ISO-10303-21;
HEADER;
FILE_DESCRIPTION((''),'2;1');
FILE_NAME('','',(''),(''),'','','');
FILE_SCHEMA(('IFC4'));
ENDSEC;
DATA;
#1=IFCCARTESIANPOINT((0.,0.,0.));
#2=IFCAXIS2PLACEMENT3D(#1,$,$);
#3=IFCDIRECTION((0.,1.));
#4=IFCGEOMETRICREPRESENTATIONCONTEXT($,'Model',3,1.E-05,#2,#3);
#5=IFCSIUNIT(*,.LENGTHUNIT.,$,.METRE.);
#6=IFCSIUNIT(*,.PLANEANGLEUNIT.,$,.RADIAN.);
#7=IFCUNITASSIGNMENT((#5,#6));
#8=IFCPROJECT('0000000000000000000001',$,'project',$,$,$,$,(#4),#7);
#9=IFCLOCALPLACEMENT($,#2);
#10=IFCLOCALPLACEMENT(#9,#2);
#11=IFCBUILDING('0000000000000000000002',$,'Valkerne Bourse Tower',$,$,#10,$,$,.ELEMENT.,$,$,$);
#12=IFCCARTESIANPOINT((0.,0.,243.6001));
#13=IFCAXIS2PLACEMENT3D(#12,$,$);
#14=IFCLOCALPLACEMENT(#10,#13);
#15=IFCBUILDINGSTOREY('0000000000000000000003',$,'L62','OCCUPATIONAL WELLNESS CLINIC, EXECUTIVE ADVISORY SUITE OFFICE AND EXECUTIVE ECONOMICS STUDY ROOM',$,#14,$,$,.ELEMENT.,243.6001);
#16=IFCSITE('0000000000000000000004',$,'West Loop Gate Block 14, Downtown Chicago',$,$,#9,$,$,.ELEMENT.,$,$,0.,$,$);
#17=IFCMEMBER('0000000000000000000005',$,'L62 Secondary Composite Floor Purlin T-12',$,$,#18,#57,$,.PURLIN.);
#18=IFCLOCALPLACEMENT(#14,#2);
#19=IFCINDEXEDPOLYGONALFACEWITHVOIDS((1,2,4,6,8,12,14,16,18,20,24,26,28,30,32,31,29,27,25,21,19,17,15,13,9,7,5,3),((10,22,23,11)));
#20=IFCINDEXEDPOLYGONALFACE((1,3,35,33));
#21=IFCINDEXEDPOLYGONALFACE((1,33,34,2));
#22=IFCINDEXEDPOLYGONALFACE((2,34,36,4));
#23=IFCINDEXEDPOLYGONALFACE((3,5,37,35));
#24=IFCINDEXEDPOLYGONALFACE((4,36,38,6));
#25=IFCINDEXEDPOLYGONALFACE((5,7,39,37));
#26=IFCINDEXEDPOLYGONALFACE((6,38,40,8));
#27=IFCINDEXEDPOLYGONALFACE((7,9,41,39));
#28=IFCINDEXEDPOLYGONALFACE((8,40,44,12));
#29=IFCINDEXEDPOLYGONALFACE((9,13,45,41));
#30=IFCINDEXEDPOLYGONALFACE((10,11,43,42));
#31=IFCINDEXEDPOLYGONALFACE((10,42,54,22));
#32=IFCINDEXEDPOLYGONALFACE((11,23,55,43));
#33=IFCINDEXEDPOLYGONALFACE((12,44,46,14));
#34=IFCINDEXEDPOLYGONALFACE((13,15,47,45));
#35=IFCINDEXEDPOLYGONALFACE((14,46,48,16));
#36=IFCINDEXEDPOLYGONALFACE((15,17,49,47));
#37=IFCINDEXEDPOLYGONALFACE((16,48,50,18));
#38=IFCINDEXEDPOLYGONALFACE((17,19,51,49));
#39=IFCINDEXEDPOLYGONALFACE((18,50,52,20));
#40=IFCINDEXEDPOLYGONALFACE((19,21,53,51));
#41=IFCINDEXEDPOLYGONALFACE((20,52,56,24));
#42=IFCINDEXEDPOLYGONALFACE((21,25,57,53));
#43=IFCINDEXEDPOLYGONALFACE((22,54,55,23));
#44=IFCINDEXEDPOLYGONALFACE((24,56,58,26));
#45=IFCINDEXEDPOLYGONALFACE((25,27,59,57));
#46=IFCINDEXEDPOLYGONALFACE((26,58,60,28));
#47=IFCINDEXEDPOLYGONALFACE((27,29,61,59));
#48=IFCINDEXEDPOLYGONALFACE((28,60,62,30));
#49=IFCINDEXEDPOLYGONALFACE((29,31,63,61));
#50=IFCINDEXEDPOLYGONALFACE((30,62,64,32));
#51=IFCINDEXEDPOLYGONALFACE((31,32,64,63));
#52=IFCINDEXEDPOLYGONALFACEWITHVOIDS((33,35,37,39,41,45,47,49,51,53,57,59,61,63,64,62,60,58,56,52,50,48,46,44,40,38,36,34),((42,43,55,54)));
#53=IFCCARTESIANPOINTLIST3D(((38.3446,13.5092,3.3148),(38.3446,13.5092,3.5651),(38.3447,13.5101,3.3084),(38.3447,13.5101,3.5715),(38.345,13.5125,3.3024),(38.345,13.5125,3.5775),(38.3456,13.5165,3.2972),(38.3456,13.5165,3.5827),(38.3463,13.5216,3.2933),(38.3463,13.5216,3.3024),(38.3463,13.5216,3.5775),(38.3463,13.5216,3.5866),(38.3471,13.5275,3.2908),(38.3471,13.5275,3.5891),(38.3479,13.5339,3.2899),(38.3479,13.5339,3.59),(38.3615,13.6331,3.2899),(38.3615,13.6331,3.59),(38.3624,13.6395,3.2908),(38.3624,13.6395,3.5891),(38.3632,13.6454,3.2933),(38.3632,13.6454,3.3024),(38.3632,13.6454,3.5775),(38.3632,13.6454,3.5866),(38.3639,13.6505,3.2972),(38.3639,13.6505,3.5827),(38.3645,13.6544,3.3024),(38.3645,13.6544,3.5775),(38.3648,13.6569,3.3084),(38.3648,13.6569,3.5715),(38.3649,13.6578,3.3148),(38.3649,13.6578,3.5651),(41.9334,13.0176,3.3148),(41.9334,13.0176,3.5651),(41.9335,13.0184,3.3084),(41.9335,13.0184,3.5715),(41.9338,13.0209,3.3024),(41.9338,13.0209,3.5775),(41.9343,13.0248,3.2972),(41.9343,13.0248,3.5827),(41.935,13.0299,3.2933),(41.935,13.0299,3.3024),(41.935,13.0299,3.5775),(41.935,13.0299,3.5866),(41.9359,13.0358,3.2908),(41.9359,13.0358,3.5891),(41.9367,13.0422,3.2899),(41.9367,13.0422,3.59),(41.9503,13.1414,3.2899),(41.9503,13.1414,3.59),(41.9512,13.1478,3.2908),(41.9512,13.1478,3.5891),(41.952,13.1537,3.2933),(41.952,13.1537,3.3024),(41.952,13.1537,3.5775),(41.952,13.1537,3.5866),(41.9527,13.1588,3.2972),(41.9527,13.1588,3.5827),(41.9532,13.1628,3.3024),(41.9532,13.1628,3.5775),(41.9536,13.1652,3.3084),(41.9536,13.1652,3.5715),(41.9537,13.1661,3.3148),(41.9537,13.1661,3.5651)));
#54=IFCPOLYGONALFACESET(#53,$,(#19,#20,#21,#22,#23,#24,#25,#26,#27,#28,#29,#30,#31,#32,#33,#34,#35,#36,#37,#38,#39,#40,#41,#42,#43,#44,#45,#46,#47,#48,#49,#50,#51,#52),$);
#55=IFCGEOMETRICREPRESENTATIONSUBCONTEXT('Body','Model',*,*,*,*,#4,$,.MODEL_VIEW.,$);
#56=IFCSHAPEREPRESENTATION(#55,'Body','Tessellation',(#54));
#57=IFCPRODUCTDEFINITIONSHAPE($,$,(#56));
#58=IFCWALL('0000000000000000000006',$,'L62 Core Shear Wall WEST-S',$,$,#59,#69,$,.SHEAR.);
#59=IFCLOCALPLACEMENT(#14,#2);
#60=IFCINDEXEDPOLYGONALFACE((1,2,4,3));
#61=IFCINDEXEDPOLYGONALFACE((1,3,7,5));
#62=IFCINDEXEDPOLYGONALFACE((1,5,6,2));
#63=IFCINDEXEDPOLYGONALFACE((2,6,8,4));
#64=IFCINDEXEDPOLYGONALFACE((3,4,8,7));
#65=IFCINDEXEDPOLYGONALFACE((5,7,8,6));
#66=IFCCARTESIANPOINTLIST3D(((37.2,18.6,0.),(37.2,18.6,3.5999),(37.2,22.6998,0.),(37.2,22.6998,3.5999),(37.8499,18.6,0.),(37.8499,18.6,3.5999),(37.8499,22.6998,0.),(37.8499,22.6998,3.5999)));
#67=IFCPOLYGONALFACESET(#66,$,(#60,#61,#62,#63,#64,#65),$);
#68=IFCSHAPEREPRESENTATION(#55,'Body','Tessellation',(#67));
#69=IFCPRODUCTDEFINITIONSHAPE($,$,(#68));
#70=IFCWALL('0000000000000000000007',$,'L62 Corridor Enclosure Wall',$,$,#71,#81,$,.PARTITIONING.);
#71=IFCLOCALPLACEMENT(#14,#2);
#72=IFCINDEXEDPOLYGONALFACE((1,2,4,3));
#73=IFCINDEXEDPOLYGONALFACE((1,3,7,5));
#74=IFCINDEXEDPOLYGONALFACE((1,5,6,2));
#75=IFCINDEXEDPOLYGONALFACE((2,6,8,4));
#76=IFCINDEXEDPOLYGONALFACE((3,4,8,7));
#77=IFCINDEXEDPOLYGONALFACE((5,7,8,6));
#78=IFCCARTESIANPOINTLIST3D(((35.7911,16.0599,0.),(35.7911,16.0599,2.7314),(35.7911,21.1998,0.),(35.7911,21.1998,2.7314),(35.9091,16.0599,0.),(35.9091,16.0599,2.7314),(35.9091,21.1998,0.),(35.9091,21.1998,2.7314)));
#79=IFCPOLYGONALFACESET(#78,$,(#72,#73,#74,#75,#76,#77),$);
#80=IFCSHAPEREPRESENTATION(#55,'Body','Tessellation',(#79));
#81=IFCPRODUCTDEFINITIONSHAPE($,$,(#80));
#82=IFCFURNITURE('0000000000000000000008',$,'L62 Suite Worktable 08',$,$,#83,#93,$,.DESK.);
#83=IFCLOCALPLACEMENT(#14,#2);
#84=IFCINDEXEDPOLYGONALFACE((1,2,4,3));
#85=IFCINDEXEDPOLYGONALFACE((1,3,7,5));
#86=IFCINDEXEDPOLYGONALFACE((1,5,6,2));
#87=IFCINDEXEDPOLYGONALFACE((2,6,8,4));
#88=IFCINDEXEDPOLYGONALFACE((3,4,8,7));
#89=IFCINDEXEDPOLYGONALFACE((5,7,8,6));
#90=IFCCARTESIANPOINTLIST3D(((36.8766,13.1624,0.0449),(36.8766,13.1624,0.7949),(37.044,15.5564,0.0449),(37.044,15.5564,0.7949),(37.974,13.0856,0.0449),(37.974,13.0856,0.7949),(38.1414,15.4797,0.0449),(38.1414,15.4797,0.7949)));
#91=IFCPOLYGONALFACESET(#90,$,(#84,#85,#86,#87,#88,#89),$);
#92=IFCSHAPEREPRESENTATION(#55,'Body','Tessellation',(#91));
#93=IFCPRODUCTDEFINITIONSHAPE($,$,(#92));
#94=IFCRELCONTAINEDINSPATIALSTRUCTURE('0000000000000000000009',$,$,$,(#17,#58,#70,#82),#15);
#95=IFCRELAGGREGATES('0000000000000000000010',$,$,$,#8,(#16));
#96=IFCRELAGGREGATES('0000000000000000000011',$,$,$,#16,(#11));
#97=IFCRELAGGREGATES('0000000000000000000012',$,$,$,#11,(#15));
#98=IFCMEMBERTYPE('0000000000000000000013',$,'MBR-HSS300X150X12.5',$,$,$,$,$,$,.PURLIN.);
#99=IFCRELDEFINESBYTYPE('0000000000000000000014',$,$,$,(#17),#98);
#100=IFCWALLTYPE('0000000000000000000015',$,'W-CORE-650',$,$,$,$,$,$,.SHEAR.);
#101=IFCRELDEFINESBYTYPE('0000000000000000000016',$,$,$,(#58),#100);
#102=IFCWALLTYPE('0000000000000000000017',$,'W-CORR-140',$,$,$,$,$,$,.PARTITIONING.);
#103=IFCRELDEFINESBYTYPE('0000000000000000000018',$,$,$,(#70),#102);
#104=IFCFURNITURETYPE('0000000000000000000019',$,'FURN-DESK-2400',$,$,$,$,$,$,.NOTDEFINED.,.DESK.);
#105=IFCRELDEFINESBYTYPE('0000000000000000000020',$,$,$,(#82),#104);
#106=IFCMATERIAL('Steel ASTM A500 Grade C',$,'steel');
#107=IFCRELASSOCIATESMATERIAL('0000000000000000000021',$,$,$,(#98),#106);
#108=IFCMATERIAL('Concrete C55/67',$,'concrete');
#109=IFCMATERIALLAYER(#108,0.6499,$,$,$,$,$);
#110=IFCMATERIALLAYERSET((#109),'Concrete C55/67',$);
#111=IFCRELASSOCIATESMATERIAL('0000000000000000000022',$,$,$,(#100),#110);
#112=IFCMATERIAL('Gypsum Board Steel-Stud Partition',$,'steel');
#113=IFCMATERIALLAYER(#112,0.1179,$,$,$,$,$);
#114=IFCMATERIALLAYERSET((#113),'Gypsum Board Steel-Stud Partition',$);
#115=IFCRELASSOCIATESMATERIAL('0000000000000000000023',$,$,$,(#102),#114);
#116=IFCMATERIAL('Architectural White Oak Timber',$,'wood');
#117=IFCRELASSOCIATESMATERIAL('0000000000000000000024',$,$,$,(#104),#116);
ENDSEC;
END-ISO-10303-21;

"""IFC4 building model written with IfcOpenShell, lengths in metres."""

from ifc_helpers import new_model, si_unit, direction, frame, frame_2d, origin, origin_2d, place, context, subcontext, project, spatial, rectangle, hollow_rectangle, extrude, material, layer, layer_set, material_profile, profile_set, type_object, element, save


model = new_model("IFC4")

# Units and contexts
model_context = context("Model", 3, precision=1e-05, world=origin(), true_north=direction((0.0, 1.0)))
body_context = subcontext(model_context, "Body", "Model", "MODEL_VIEW")
ifc_project = project(units=[si_unit("LENGTHUNIT", "METRE"), si_unit("PLANEANGLEUNIT", "RADIAN")], contexts=[model_context])

# Site, building, storey
site_placement = place(None, origin())
site = spatial("IfcSite", under=ifc_project, at=site_placement, Name="West Loop Gate Block 14, Downtown Chicago", CompositionType="ELEMENT", RefElevation=0.0)
building_placement = place(site_placement, origin())
building = spatial("IfcBuilding", under=site, at=building_placement, Name="Valkerne Bourse Tower", CompositionType="ELEMENT")
storey_placement = place(building_placement, frame((0.0, 0.0, 243.6001)))
storey = spatial("IfcBuildingStorey", under=building, at=storey_placement, Name="L62", Description="OCCUPATIONAL WELLNESS CLINIC, EXECUTIVE ADVISORY SUITE OFFICE AND EXECUTIVE ECONOMICS STUDY ROOM", CompositionType="ELEMENT", Elevation=243.6001)

# Member
ifc_material_1 = material(Name="Steel ASTM A500 Grade C", Category="steel")
ifc_material_profile_1 = material_profile(ifc_material_1, hollow_rectangle(XDim=0.1499, YDim=0.3, WallThickness=0.0125, OuterFilletRadius=0.0249, at=origin_2d()), Name="HSS300X150X12.5")
ifc_profile_set_1 = profile_set([ifc_material_profile_1], Name="Steel ASTM A500 Grade C")
member_type_1 = type_object("IfcMemberType", Name="MBR-HSS300X150X12.5", PredefinedType="PURLIN", material=ifc_profile_set_1)
member_1_placement = place(storey_placement, frame((38.3547, 13.5835, 3.4399), z_axis=(0.990745, -0.135739, 0.0), x_axis=(0.135739, 0.990745, 0.0)))
element("IfcMember", 1, at=member_1_placement, inside=storey, type_object=member_type_1, Name="L62 Secondary Composite Floor Purlin T-12", PredefinedType="PURLIN", context=body_context, shape_type="SweptSolid", body=[
    extrude(hollow_rectangle(XDim=0.1499, YDim=0.3, WallThickness=0.0125, OuterFilletRadius=0.0249, at=origin_2d()), origin(), (0.0, 0.0, 1.0), 3.6223),
])

# Shared definitions
ifc_material_2 = material(Name="Concrete C55/67", Category="concrete")
ifc_layer_1 = layer(ifc_material_2, 0.6499)
ifc_layer_set_1 = layer_set([ifc_layer_1], Name="Concrete C55/67")
wall_type_1 = type_object("IfcWallType", Name="W-CORE-650", PredefinedType="SHEAR", material=ifc_layer_set_1)

# Walls
wall_1_placement = place(storey_placement, frame((37.5249, 18.6001, 0.0), z_axis=(0.0, 0.0, 1.0), x_axis=(0.0, 1.0, 0.0)))
element("IfcWall", 2, at=wall_1_placement, inside=storey, type_object=wall_type_1, Name="L62 Core Shear Wall WEST-S", PredefinedType="SHEAR", context=body_context, shape_type="SweptSolid", body=[
    extrude(rectangle(XDim=4.0999, YDim=0.6499, at=frame_2d((2.0498, 0.0))), origin(), (0.0, 0.0, 1.0), 3.5999),
])
ifc_material_3 = material(Name="Gypsum Board Steel-Stud Partition", Category="steel")
ifc_layer_2 = layer(ifc_material_3, 0.1179)
ifc_layer_set_2 = layer_set([ifc_layer_2], Name="Gypsum Board Steel-Stud Partition")
wall_type_2 = type_object("IfcWallType", Name="W-CORR-140", PredefinedType="PARTITIONING", material=ifc_layer_set_2)
wall_2_placement = place(storey_placement, frame((35.8501, 16.0601, 0.0), z_axis=(0.0, 0.0, 1.0), x_axis=(0.0, 1.0, 0.0)))
element("IfcWall", 3, at=wall_2_placement, inside=storey, type_object=wall_type_2, Name="L62 Corridor Enclosure Wall", PredefinedType="PARTITIONING", context=body_context, shape_type="SweptSolid", body=[
    extrude(rectangle(XDim=5.1399, YDim=0.1179, at=frame_2d((2.5698, 0.0))), origin(), (0.0, 0.0, 1.0), 2.7314),
])

# Furniture
ifc_material_4 = material(Name="Architectural White Oak Timber", Category="wood")
furniture_type = type_object("IfcFurnitureType", Name="FURN-DESK-2400", AssemblyPlace="NOTDEFINED", PredefinedType="DESK", material=ifc_material_4)
furniture_placement = place(storey_placement, frame((37.509, 14.321, 0.0449), z_axis=(0.0, 0.0, 1.0), x_axis=(0.069756, 0.997564, 0.0)))
element("IfcFurniture", 4, at=furniture_placement, inside=storey, type_object=furniture_type, Name="L62 Suite Worktable 08", PredefinedType="DESK", context=body_context, shape_type="SweptSolid", body=[
    extrude(rectangle(XDim=2.3999, YDim=1.1001, at=origin_2d()), origin(), (0.0, 0.0, 1.0), 0.75),
])

save(model, "model.ifc")
